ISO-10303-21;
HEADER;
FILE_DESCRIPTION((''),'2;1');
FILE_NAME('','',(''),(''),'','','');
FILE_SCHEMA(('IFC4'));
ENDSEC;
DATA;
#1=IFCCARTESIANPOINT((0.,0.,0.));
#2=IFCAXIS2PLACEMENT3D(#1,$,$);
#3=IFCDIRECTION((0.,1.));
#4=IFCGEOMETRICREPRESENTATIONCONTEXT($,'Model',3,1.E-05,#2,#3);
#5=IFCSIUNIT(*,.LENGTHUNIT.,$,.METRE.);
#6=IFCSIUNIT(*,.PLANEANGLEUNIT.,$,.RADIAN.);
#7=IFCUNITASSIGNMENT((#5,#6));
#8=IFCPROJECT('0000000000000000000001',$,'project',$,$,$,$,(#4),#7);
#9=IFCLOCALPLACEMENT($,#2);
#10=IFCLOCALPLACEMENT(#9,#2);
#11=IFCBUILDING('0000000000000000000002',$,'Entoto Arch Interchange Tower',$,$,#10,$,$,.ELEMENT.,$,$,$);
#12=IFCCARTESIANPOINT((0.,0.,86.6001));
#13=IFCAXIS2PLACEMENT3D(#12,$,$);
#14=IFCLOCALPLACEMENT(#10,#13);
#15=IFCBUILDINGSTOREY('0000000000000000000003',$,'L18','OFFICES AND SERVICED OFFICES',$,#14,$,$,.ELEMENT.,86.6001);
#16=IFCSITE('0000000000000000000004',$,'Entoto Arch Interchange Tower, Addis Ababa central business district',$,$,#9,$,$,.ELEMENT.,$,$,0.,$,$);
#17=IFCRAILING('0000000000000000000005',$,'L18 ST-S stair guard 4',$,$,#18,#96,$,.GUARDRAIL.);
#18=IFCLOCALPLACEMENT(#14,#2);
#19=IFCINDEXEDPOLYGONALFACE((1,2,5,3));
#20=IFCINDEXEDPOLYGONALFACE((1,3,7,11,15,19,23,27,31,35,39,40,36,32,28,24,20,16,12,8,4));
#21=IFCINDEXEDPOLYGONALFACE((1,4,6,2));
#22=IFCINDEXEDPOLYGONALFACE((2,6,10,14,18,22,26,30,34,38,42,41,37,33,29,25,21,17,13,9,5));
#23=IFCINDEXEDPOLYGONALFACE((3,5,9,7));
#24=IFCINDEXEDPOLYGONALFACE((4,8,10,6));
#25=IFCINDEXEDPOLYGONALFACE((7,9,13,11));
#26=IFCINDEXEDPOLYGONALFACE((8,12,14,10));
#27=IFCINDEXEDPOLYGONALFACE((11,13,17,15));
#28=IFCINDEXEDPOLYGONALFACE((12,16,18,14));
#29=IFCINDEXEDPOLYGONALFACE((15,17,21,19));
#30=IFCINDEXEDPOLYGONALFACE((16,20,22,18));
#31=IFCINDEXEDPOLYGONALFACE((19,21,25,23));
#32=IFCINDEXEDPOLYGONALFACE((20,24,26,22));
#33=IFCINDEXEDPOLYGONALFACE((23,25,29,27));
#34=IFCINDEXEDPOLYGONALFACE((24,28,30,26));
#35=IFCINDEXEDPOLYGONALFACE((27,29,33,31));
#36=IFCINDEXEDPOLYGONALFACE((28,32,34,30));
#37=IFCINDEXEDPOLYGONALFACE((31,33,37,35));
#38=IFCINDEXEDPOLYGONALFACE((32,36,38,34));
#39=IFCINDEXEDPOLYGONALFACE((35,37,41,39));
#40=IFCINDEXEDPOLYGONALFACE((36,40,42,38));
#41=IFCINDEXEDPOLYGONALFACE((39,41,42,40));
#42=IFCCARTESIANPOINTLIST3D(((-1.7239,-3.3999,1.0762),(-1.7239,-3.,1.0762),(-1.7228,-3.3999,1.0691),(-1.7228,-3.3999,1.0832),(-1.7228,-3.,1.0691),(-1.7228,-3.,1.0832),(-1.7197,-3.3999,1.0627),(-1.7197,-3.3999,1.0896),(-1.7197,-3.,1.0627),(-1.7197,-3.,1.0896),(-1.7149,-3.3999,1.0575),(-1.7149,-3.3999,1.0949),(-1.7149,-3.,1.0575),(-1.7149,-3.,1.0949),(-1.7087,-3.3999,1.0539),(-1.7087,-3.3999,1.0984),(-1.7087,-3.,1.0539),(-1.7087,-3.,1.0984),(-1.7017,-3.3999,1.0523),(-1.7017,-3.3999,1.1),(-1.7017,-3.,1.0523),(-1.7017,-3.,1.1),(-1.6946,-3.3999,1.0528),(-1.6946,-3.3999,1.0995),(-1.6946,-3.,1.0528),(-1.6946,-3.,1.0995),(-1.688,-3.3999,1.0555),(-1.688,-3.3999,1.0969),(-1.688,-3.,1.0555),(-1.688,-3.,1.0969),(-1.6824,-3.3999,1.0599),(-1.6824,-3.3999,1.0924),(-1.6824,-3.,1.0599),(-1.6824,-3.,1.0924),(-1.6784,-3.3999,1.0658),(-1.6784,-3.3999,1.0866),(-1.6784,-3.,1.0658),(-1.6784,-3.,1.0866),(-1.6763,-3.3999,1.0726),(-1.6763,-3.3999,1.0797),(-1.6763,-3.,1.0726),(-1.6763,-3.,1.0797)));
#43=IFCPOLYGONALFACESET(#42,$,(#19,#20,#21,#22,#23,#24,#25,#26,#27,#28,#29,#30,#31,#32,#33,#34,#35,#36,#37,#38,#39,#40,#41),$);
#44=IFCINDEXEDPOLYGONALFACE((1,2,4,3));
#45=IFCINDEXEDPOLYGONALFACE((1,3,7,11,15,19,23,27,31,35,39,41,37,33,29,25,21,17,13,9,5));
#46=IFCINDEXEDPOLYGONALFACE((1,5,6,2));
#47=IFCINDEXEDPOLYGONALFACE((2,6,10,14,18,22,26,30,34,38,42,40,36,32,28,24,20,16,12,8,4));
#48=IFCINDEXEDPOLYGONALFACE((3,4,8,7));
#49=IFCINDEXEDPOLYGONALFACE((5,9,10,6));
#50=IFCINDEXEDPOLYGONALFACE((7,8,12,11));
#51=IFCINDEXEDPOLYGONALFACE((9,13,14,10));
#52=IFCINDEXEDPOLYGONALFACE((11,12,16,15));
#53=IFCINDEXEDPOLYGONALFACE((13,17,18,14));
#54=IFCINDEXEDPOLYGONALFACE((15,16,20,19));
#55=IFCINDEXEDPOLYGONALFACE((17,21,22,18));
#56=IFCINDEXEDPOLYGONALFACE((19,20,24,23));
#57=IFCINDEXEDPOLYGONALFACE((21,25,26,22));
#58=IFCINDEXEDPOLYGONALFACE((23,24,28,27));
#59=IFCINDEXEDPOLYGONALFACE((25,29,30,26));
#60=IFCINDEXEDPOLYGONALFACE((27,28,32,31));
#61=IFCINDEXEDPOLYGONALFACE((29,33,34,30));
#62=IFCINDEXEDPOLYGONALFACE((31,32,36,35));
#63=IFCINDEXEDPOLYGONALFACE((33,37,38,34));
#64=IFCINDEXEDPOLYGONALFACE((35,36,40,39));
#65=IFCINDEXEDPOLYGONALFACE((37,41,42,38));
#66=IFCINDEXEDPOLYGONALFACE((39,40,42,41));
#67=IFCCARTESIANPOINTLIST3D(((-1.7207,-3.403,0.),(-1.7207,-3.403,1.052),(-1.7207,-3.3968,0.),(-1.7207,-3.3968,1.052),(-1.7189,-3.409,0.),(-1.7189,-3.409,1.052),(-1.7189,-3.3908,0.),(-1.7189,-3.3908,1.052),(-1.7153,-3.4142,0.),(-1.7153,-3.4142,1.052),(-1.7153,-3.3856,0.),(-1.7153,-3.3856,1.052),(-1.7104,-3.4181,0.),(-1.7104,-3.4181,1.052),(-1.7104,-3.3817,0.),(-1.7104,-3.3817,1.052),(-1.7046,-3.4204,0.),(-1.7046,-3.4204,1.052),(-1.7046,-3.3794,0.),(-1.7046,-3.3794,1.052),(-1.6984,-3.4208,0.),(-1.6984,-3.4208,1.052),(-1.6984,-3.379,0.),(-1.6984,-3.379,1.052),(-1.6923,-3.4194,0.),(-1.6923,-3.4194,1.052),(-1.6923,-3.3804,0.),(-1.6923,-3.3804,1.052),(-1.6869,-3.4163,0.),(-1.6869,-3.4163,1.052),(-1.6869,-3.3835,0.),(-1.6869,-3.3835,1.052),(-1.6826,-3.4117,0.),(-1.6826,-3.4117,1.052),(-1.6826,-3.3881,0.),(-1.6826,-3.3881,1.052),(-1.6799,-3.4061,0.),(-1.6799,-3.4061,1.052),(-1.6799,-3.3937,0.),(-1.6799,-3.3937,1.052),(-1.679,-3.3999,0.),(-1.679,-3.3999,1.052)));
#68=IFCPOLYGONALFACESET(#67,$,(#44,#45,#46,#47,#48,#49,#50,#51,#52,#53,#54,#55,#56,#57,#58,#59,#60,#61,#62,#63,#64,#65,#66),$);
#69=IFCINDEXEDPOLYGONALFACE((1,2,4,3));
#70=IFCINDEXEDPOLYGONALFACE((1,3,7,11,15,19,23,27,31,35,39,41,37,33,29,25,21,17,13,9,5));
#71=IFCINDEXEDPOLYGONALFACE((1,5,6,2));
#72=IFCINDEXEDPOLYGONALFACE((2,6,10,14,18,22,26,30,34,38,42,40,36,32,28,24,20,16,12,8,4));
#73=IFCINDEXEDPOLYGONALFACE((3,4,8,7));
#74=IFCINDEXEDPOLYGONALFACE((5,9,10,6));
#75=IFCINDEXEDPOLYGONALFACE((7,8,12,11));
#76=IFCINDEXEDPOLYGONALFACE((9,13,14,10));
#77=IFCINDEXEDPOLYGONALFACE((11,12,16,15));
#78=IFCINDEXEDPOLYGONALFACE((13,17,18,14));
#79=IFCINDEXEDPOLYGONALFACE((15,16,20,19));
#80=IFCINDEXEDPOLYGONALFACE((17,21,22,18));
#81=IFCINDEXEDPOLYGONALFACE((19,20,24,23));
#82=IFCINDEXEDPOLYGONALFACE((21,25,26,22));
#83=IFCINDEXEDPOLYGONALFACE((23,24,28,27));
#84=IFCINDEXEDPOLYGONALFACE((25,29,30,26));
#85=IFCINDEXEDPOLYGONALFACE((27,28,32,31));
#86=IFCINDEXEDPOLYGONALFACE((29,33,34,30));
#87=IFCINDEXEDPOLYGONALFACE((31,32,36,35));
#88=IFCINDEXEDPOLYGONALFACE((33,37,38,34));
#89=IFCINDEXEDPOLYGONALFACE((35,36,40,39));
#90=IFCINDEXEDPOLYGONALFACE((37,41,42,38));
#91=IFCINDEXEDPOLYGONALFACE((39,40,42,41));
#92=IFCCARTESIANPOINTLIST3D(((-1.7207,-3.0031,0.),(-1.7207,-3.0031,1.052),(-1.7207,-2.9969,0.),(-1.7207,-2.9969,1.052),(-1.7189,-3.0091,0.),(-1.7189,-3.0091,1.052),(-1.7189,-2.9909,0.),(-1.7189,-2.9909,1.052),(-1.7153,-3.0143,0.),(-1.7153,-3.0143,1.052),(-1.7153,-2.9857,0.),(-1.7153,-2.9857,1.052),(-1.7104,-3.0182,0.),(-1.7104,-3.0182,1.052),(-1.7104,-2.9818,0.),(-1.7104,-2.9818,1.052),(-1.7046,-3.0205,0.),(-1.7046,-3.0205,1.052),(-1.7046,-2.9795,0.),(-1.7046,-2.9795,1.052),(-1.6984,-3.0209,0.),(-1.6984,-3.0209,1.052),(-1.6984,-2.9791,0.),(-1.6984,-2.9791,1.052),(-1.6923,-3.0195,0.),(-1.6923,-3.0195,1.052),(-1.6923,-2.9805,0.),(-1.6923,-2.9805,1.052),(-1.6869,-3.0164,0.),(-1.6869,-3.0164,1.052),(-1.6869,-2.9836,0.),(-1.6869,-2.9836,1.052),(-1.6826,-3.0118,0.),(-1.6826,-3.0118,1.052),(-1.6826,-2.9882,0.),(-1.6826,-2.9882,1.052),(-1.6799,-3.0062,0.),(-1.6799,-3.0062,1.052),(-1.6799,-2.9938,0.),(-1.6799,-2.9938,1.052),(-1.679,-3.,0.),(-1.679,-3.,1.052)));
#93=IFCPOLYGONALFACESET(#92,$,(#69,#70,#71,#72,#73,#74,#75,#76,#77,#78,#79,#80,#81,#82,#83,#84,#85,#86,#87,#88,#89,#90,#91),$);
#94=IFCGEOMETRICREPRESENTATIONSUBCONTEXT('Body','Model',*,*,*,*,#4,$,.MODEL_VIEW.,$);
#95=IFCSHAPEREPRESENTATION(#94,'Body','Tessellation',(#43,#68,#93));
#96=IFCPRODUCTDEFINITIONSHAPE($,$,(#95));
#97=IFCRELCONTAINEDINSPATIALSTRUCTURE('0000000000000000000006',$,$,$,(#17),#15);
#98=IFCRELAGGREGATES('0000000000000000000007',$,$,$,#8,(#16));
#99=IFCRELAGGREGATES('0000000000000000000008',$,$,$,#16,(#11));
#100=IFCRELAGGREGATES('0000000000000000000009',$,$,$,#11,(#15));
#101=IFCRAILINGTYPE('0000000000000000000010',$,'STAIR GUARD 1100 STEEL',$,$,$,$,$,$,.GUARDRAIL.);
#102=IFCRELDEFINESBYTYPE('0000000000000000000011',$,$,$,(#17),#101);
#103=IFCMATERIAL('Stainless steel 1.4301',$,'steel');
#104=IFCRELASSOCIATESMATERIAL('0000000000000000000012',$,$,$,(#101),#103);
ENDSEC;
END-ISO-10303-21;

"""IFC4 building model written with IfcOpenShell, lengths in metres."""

from ifc_helpers import new_model, si_unit, direction, frame, origin, origin_2d, place, context, subcontext, project, spatial, circle, extrude, material, type_object, element, save


model = new_model("IFC4")

# Units and contexts
model_context = context("Model", 3, precision=1e-05, world=origin(), true_north=direction((0.0, 1.0)))
body_context = subcontext(model_context, "Body", "Model", "MODEL_VIEW")
ifc_project = project(units=[si_unit("LENGTHUNIT", "METRE"), si_unit("PLANEANGLEUNIT", "RADIAN")], contexts=[model_context])

# Site, building, storey
site_placement = place(None, origin())
site = spatial("IfcSite", under=ifc_project, at=site_placement, Name="Entoto Arch Interchange Tower, Addis Ababa central business district", CompositionType="ELEMENT", RefElevation=0.0)
building_placement = place(site_placement, origin())
building = spatial("IfcBuilding", under=site, at=building_placement, Name="Entoto Arch Interchange Tower", CompositionType="ELEMENT")
storey_placement = place(building_placement, frame((0.0, 0.0, 86.6001)))
storey = spatial("IfcBuildingStorey", under=building, at=storey_placement, Name="L18", Description="OFFICES AND SERVICED OFFICES", CompositionType="ELEMENT", Elevation=86.6001)

# Railing
ifc_material_1 = material(Name="Stainless steel 1.4301", Category="steel")
railing_type_1 = type_object("IfcRailingType", Name="STAIR GUARD 1100 STEEL", PredefinedType="GUARDRAIL", material=ifc_material_1)
railing_1_placement = place(storey_placement, frame((-1.7, -3.3999, 0.0)))
element("IfcRailing", 1, at=railing_1_placement, inside=storey, type_object=railing_type_1, Name="L18 ST-S stair guard 4", PredefinedType="GUARDRAIL", context=body_context, shape_type="SweptSolid", body=[
    extrude(circle(Radius=0.0239, at=origin_2d()), frame((0.0, 0.0, 1.0762), z_axis=(0.0, 1.0, 0.0), x_axis=(-1.0, 0.0, 0.0)), (0.0, 0.0, 1.0), 0.3999),
    extrude(circle(Radius=0.021, at=origin_2d()), origin(), (0.0, 0.0, 1.0), 1.052),
    extrude(circle(Radius=0.021, at=origin_2d()), frame((0.0, 0.3999, 0.0)), (0.0, 0.0, 1.0), 1.052),
])

save(model, "model.ifc")
